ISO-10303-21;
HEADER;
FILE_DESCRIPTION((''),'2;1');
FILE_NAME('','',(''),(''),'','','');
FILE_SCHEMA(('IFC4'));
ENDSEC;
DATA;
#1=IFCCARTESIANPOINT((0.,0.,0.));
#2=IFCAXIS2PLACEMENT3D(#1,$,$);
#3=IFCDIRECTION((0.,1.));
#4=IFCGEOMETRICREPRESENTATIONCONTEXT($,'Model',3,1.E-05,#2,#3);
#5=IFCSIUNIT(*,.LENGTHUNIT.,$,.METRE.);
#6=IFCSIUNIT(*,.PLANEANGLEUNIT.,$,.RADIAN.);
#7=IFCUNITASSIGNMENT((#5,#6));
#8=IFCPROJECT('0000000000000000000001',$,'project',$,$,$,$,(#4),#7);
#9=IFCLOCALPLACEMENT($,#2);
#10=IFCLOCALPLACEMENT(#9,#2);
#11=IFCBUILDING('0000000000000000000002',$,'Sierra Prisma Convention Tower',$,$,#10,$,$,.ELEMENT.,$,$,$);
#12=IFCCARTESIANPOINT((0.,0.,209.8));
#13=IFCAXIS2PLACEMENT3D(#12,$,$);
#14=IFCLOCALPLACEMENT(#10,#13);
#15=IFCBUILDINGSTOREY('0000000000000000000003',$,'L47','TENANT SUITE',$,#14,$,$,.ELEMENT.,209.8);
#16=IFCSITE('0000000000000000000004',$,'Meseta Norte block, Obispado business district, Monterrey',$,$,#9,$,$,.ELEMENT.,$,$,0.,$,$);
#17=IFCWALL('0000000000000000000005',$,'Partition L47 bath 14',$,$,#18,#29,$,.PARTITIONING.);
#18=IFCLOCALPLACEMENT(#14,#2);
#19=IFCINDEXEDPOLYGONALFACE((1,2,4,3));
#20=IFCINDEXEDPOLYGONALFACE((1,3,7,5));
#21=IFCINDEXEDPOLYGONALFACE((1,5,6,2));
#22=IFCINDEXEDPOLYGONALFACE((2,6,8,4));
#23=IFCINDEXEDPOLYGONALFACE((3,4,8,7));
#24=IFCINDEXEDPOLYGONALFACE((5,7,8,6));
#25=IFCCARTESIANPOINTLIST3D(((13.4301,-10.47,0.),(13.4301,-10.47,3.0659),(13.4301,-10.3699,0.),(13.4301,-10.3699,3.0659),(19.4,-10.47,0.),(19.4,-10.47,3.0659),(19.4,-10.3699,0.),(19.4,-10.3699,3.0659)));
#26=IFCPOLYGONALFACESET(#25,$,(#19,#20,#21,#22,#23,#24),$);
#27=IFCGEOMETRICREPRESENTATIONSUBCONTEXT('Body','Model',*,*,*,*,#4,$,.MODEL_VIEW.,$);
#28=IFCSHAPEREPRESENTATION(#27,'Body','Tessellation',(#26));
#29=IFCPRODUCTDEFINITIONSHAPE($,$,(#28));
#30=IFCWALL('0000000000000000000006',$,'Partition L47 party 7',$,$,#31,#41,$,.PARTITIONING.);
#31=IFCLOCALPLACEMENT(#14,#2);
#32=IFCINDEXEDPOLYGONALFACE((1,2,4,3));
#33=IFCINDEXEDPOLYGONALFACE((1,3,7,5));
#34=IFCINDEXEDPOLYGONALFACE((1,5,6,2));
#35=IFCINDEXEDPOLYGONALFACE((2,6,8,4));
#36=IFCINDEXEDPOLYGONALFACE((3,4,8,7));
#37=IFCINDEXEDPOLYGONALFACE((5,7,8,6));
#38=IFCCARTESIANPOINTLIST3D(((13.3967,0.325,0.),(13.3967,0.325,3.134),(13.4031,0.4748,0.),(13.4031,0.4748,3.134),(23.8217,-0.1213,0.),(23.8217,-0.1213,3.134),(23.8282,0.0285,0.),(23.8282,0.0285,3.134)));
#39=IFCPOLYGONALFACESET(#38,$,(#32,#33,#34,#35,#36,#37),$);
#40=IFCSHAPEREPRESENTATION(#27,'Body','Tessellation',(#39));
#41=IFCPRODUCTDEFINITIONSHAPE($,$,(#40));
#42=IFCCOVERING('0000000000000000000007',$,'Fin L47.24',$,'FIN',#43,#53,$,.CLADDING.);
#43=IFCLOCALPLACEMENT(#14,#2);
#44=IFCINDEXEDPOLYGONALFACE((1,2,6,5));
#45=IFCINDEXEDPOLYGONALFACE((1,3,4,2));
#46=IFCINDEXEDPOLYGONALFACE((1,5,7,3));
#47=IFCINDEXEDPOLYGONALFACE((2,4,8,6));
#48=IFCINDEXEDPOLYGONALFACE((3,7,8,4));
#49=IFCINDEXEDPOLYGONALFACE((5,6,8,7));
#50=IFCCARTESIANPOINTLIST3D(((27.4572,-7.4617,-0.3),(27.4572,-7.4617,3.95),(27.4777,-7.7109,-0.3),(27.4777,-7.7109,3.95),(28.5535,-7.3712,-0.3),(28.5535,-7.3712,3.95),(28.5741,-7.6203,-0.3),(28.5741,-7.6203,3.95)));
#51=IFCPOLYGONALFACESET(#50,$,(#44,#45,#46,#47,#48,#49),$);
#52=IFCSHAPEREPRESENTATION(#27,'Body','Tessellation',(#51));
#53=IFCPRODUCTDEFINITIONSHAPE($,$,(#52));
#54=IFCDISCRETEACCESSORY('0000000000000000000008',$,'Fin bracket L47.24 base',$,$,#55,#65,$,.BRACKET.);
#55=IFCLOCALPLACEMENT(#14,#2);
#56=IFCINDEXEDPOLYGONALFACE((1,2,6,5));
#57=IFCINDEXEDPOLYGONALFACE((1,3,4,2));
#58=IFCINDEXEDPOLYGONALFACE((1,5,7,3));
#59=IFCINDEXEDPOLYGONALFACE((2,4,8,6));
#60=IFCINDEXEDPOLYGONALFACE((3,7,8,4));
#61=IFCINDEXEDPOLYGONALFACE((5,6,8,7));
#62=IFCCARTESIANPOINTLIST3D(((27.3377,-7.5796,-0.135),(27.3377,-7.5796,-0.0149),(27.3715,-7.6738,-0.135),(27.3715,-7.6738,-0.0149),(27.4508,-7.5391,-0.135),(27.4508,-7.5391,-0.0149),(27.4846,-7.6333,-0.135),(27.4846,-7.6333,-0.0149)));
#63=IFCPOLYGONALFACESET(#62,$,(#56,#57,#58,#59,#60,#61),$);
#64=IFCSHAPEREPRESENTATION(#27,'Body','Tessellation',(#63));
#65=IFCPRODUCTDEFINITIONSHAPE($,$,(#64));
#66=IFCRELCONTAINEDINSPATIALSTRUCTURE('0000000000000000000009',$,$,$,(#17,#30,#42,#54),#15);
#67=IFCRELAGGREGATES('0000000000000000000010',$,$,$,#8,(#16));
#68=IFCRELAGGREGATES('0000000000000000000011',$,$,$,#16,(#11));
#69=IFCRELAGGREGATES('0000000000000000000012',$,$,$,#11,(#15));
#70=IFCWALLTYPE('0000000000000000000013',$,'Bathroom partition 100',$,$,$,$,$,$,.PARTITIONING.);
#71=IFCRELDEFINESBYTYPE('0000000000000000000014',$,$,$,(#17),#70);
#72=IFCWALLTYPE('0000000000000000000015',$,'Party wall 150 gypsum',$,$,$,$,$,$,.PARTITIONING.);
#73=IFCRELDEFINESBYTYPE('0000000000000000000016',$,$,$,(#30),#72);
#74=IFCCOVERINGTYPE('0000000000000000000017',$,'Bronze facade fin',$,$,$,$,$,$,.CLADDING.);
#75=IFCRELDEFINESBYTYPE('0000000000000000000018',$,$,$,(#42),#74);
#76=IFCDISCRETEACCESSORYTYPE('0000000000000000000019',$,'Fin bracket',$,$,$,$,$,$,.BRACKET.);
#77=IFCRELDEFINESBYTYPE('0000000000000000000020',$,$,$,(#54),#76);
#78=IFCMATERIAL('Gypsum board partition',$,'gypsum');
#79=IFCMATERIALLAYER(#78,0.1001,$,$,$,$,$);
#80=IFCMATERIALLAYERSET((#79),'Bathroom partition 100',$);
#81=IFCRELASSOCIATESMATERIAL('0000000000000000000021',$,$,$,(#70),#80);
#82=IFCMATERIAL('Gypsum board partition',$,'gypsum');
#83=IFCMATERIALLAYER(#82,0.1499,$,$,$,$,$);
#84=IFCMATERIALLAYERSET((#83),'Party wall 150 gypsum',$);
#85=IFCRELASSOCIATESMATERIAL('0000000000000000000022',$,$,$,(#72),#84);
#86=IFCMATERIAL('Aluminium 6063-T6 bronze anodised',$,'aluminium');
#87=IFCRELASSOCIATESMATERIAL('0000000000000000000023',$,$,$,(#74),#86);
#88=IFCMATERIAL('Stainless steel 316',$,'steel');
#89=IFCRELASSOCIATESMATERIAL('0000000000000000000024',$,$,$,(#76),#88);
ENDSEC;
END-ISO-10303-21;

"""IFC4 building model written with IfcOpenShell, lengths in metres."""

from ifc_helpers import new_model, si_unit, direction, frame, frame_2d, origin, origin_2d, place, context, subcontext, project, spatial, rectangle, extrude, material, layer, layer_set, material_profile, profile_set, type_object, element, save


model = new_model("IFC4")

# Units and contexts
model_context = context("Model", 3, precision=1e-05, world=origin(), true_north=direction((0.0, 1.0)))
body_context = subcontext(model_context, "Body", "Model", "MODEL_VIEW")
ifc_project = project(units=[si_unit("LENGTHUNIT", "METRE"), si_unit("PLANEANGLEUNIT", "RADIAN")], contexts=[model_context])

# Site, building, storey
site_placement = place(None, origin())
site = spatial("IfcSite", under=ifc_project, at=site_placement, Name="Meseta Norte block, Obispado business district, Monterrey", CompositionType="ELEMENT", RefElevation=0.0)
building_placement = place(site_placement, origin())
building = spatial("IfcBuilding", under=site, at=building_placement, Name="Sierra Prisma Convention Tower", CompositionType="ELEMENT")
storey_placement = place(building_placement, frame((0.0, 0.0, 209.8)))
storey = spatial("IfcBuildingStorey", under=building, at=storey_placement, Name="L47", Description="TENANT SUITE", CompositionType="ELEMENT", Elevation=209.8)

# Walls
ifc_material_1 = material(Name="Gypsum board partition", Category="gypsum")
ifc_layer_1 = layer(ifc_material_1, 0.1001)
ifc_layer_set_1 = layer_set([ifc_layer_1], Name="Bathroom partition 100")
wall_type_1 = type_object("IfcWallType", Name="Bathroom partition 100", PredefinedType="PARTITIONING", material=ifc_layer_set_1)
wall_1_placement = place(storey_placement, frame((19.3999, -10.4199, 0.0), z_axis=(0.0, 0.0, 1.0), x_axis=(-1.0, 0.0, 0.0)))
element("IfcWall", 1, at=wall_1_placement, inside=storey, type_object=wall_type_1, Name="Partition L47 bath 14", PredefinedType="PARTITIONING", context=body_context, shape_type="SweptSolid", body=[
    extrude(rectangle(XDim=5.97, YDim=0.1001, at=frame_2d((2.9849, 0.0))), origin(), (0.0, 0.0, 1.0), 3.0659),
])
ifc_material_2 = material(Name="Gypsum board partition", Category="gypsum")
ifc_layer_2 = layer(ifc_material_2, 0.1499)
ifc_layer_set_2 = layer_set([ifc_layer_2], Name="Party wall 150 gypsum")
wall_type_2 = type_object("IfcWallType", Name="Party wall 150 gypsum", PredefinedType="PARTITIONING", material=ifc_layer_set_2)
wall_2_placement = place(storey_placement, frame((23.825, -0.0464, 0.0), z_axis=(0.0, 0.0, 1.0), x_axis=(-0.999085, 0.04277, 0.0)))
element("IfcWall", 2, at=wall_2_placement, inside=storey, type_object=wall_type_2, Name="Partition L47 party 7", PredefinedType="PARTITIONING", context=body_context, shape_type="SweptSolid", body=[
    extrude(rectangle(XDim=10.4346, YDim=0.1499, at=frame_2d((5.2173, 0.0))), origin(), (0.0, 0.0, 1.0), 3.134),
])

# Covering
ifc_material_3 = material(Name="Aluminium 6063-T6 bronze anodised", Category="aluminium")
ifc_material_profile_1 = material_profile(ifc_material_3, rectangle(XDim=1.1001, YDim=0.25, at=origin_2d()), Name="ALU FIN 1100x250")
ifc_profile_set_1 = profile_set([ifc_material_profile_1], Name="Aluminium 6063-T6 bronze anodised")
covering_type = type_object("IfcCoveringType", Name="Bronze facade fin", PredefinedType="CLADDING", material=ifc_profile_set_1)
covering_placement = place(storey_placement, frame((28.0156, -7.541, -0.3), z_axis=(0.0, 0.0, 1.0), x_axis=(0.996606, 0.082322, 0.0)))
element("IfcCovering", 3, at=covering_placement, inside=storey, type_object=covering_type, Name="Fin L47.24", ObjectType="FIN", PredefinedType="CLADDING", context=body_context, shape_type="SweptSolid", body=[
    extrude(rectangle(XDim=1.1001, YDim=0.25, at=origin_2d()), origin(), (0.0, 0.0, 1.0), 4.25),
])

# Discrete accessory
ifc_material_4 = material(Name="Stainless steel 316", Category="steel")
discrete_accessory_type = type_object("IfcDiscreteAccessoryType", Name="Fin bracket", PredefinedType="BRACKET", material=ifc_material_4)
discrete_accessory_placement = place(storey_placement, frame((27.4111, -7.6064, -0.135), z_axis=(0.0, 0.0, 1.0), x_axis=(0.941341, 0.337458, 0.0)))
element("IfcDiscreteAccessory", 4, at=discrete_accessory_placement, inside=storey, type_object=discrete_accessory_type, Name="Fin bracket L47.24 base", PredefinedType="BRACKET", context=body_context, shape_type="SweptSolid", body=[
    extrude(rectangle(XDim=0.1201, YDim=0.1001, at=origin_2d()), origin(), (0.0, 0.0, 1.0), 0.1201),
])

save(model, "model.ifc")
